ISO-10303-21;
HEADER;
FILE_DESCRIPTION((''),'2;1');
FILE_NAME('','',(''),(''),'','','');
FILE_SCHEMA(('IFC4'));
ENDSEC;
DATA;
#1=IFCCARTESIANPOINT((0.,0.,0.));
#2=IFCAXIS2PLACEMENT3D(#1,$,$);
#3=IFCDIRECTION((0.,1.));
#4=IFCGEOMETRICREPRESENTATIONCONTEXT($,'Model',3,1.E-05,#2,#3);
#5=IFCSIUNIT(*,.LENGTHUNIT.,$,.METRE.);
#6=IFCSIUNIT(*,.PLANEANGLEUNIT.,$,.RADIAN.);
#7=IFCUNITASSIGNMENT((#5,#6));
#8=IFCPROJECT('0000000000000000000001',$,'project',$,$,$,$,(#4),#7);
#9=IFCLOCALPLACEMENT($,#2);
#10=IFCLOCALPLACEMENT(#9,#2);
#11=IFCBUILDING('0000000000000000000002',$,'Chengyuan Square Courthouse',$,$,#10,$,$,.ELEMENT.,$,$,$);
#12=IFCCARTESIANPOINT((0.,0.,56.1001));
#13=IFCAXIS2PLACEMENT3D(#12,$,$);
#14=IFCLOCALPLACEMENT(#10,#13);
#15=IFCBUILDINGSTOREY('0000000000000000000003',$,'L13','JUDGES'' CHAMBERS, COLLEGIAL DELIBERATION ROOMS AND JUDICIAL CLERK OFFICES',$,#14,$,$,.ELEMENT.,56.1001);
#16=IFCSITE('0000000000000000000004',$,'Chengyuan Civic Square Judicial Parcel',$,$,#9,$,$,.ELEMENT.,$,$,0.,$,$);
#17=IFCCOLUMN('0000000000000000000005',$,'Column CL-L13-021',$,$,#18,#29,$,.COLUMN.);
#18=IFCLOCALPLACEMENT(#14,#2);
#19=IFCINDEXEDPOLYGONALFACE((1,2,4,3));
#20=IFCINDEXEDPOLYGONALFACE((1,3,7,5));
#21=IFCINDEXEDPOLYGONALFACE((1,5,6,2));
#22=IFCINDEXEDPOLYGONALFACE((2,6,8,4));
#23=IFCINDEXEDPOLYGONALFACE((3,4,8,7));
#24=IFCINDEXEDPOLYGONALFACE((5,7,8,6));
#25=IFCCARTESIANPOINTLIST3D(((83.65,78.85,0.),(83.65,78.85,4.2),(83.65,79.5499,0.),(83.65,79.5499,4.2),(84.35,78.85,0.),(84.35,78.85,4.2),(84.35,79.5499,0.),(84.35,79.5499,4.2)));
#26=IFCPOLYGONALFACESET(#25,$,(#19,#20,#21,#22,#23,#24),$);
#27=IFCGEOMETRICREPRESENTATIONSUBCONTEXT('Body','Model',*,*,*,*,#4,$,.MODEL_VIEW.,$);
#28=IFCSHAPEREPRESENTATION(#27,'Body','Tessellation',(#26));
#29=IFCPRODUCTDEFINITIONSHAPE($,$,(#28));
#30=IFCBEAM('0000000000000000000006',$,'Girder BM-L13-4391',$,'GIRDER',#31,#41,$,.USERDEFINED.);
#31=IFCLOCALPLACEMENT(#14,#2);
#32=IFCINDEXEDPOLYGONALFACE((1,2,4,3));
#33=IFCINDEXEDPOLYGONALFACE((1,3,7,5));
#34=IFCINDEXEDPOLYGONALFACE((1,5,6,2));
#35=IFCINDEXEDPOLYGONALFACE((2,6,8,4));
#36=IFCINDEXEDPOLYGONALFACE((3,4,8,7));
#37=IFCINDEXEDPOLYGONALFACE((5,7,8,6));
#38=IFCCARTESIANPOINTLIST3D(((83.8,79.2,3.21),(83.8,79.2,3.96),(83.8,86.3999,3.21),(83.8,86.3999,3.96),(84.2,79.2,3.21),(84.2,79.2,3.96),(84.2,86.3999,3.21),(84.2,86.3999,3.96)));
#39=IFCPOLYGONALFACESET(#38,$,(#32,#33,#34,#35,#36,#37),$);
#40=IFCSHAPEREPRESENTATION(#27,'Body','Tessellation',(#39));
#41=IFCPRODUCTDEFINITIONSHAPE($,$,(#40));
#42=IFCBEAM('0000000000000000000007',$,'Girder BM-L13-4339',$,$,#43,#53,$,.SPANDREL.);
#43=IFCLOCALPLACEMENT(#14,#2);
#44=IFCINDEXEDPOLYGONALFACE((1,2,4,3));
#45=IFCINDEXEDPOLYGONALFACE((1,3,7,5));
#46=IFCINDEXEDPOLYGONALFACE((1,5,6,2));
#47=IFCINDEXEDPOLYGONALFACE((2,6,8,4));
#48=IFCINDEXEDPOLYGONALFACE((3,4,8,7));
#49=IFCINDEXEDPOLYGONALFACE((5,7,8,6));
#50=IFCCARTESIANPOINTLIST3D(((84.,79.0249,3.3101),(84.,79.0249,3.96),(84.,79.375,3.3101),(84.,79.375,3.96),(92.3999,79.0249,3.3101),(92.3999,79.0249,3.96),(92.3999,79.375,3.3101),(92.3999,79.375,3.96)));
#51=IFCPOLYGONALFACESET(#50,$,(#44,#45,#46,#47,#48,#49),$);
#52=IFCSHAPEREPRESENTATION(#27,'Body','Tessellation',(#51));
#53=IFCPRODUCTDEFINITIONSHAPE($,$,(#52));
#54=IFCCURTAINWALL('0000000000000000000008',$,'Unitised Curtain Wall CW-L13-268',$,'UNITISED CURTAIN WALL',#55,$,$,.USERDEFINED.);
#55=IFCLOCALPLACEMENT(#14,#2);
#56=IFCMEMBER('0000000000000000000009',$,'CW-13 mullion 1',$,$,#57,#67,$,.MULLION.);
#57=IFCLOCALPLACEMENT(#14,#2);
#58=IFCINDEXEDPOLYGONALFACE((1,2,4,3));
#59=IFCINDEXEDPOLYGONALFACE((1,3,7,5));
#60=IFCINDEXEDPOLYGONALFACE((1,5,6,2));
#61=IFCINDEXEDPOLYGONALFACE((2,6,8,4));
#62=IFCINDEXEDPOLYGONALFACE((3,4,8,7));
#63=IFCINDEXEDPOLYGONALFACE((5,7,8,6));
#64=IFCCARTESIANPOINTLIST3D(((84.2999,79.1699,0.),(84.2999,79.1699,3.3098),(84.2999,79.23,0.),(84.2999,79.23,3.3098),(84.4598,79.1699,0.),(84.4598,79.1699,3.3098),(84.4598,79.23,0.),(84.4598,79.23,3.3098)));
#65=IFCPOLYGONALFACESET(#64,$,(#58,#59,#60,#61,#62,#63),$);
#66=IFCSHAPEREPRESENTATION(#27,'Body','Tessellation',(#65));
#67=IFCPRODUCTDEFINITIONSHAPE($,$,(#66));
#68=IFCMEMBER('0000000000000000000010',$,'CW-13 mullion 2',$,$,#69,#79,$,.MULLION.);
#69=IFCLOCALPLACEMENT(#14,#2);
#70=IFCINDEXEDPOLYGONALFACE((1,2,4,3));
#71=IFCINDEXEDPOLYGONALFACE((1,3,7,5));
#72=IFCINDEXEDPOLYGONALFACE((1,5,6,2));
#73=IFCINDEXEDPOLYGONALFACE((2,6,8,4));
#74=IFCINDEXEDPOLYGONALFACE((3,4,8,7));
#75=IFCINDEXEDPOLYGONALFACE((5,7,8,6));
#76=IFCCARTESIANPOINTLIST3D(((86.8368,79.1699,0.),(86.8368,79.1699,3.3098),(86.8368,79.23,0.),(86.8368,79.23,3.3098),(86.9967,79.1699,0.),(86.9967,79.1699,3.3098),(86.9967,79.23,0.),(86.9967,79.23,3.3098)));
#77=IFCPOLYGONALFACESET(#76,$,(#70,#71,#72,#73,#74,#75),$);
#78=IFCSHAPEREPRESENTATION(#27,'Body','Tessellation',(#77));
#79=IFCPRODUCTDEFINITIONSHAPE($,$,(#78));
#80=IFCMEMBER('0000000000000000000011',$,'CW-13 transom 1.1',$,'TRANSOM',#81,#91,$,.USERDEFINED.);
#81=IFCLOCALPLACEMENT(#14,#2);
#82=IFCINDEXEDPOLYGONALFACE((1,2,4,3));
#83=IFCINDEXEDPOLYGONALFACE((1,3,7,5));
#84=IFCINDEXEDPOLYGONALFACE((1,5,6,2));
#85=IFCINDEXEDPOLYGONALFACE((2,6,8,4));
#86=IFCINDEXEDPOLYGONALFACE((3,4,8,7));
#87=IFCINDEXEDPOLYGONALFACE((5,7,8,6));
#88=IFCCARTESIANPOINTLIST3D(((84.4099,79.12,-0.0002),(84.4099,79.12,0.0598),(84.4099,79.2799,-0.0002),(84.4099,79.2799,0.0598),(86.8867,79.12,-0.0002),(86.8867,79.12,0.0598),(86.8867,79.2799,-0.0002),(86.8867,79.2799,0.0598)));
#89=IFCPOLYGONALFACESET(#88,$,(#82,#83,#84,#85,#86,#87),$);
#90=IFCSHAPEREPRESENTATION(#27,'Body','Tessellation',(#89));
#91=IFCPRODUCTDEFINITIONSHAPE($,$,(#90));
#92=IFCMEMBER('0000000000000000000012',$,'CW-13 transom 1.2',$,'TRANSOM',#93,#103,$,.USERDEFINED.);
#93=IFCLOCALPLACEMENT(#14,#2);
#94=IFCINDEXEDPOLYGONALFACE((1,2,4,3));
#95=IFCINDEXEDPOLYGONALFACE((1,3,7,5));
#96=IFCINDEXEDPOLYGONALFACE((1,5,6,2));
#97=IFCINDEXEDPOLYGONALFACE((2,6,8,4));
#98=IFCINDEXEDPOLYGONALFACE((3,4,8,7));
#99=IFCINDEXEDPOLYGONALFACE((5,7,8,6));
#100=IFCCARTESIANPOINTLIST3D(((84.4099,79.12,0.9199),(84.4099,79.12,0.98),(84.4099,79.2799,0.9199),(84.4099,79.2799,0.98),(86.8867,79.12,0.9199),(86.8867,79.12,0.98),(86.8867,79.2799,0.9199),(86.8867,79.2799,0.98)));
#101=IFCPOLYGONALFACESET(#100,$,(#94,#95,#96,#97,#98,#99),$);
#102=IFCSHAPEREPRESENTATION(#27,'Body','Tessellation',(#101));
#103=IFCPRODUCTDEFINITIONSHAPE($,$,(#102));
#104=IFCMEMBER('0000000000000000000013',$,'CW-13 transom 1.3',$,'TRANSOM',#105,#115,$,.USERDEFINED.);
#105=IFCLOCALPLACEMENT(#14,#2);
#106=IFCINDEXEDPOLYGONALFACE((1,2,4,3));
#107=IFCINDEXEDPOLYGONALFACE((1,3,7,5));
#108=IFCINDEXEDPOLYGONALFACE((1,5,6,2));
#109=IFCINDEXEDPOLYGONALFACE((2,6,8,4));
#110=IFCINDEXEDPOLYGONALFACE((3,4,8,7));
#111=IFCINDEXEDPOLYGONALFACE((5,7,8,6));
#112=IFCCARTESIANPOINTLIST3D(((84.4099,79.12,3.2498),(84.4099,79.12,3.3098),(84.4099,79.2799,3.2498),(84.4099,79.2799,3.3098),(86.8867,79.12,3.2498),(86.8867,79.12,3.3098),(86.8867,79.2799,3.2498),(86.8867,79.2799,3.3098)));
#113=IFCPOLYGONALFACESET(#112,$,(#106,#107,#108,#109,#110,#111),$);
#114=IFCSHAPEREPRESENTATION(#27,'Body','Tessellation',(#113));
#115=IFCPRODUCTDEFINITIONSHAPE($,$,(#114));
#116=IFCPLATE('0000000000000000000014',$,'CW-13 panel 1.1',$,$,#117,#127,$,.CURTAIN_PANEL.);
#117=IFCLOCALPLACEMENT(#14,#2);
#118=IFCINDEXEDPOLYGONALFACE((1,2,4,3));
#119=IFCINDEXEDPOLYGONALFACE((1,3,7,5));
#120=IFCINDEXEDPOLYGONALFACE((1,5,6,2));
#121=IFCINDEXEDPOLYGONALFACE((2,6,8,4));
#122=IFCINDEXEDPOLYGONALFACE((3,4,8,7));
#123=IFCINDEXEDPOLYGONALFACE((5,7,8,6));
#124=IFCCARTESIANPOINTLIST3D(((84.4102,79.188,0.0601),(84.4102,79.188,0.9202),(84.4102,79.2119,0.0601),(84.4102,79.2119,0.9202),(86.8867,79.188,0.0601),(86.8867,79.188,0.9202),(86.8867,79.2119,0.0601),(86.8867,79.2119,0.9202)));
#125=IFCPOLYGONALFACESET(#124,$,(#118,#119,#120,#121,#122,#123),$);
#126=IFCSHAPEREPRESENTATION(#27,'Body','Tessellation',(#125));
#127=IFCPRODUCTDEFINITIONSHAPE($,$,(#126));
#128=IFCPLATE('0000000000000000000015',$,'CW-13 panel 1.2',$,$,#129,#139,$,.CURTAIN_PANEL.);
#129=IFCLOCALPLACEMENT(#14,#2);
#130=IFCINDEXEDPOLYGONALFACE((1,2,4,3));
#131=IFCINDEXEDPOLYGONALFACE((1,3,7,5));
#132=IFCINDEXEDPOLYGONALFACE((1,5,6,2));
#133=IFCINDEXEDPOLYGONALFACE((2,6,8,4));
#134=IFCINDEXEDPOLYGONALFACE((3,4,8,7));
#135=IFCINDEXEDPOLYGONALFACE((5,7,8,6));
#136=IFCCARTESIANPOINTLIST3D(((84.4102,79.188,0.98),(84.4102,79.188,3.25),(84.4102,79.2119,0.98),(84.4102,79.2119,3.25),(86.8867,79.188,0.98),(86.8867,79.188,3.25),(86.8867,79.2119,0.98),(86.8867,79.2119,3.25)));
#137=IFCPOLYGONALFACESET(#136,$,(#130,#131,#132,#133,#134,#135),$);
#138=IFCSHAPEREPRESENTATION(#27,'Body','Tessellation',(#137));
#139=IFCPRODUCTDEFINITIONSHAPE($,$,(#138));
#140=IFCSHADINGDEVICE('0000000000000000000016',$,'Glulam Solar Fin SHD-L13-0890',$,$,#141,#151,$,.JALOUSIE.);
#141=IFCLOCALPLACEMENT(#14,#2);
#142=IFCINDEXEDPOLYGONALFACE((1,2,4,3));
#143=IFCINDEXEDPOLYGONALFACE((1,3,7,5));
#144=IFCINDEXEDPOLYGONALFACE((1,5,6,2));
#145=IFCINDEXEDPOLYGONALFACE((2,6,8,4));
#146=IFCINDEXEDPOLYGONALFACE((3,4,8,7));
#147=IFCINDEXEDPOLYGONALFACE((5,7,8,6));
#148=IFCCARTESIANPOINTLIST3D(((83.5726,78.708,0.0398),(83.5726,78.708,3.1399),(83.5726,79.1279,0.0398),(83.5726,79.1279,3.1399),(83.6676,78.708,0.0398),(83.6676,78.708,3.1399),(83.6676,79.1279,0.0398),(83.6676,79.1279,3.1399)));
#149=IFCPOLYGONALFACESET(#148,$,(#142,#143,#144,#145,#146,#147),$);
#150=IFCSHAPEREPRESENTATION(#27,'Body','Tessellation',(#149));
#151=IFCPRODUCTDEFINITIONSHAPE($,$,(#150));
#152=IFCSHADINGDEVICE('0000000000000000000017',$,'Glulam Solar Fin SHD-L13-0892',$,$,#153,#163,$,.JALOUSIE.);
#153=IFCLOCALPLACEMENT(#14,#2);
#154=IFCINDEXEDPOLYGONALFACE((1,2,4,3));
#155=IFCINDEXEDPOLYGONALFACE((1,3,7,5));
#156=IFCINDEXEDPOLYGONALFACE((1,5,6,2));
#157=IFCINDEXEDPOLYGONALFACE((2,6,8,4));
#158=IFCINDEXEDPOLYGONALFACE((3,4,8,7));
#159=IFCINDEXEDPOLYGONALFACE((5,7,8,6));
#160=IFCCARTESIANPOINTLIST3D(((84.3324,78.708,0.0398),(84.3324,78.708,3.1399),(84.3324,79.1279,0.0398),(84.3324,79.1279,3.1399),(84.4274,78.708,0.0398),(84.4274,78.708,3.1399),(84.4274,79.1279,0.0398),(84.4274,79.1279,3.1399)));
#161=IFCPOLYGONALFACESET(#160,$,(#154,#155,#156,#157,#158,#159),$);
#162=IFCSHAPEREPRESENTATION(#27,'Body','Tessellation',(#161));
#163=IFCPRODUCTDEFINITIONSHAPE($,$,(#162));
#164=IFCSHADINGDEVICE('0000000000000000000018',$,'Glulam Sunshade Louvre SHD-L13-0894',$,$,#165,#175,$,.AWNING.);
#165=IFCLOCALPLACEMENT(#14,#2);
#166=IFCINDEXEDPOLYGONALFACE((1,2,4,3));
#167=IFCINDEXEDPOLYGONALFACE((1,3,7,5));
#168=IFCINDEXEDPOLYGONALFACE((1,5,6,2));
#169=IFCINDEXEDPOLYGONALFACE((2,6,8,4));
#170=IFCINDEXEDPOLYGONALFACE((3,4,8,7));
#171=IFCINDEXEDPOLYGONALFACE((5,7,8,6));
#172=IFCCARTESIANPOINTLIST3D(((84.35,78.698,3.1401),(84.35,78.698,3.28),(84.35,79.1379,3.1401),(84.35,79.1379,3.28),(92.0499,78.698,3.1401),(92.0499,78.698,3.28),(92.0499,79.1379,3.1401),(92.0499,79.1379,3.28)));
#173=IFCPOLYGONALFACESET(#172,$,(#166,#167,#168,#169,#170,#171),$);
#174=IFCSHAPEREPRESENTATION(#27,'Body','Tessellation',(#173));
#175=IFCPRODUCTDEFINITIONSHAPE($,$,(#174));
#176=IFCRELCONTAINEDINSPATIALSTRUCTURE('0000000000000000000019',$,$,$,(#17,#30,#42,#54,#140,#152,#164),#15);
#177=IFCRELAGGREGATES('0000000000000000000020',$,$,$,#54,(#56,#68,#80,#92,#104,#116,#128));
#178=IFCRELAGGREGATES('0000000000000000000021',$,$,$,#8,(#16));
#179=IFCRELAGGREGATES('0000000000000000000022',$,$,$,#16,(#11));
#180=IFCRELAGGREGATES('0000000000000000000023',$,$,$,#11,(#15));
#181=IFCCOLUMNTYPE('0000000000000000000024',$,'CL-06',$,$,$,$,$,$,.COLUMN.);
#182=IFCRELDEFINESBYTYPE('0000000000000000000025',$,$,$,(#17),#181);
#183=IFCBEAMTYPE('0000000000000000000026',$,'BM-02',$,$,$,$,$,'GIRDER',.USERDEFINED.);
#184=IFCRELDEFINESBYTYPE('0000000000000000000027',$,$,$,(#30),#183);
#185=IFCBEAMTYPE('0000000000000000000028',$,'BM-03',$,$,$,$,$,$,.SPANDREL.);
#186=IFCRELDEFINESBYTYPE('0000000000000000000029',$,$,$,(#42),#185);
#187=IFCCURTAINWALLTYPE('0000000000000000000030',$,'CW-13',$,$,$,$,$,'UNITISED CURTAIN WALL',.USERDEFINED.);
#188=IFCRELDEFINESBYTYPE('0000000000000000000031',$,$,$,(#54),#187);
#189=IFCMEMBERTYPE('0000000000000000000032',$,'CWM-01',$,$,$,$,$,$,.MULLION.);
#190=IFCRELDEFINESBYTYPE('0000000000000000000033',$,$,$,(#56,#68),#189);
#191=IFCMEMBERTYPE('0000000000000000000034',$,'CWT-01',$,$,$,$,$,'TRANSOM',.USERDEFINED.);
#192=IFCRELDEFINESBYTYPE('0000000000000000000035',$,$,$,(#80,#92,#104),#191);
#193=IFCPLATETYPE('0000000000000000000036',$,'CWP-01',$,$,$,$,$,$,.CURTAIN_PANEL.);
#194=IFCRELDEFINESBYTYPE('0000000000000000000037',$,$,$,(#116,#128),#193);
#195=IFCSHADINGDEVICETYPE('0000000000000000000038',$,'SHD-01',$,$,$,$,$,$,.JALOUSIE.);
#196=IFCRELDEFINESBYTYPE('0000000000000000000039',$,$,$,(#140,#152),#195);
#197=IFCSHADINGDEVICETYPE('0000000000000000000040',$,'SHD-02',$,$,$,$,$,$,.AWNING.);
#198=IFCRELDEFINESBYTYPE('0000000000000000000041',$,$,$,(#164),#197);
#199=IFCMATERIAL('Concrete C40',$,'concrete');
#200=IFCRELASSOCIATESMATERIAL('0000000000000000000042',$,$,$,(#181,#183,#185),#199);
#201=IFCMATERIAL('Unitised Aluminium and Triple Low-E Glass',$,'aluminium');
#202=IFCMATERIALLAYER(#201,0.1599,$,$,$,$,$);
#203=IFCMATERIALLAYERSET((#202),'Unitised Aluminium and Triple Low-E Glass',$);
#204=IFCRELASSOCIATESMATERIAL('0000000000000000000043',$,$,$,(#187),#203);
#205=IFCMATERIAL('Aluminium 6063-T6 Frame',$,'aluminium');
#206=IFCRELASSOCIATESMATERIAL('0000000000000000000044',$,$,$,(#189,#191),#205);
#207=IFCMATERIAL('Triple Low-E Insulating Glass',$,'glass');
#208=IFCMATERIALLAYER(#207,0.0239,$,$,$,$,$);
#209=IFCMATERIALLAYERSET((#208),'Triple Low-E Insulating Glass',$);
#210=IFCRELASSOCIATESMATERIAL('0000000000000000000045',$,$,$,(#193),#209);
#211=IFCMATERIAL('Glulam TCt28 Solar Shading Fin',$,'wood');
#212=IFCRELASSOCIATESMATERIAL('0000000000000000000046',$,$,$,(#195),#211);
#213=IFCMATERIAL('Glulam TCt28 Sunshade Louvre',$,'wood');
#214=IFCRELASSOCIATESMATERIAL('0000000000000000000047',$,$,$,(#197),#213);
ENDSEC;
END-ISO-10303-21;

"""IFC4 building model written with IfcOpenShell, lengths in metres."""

from ifc_helpers import new_model, si_unit, direction, frame, origin, origin_2d, place, context, subcontext, project, spatial, rectangle, extrude, material, layer, layer_set, material_profile, profile_set, type_object, element, aggregate, save


model = new_model("IFC4")

# Units and contexts
model_context = context("Model", 3, precision=1e-05, world=origin(), true_north=direction((0.0, 1.0)))
body_context = subcontext(model_context, "Body", "Model", "MODEL_VIEW")
ifc_project = project(units=[si_unit("LENGTHUNIT", "METRE"), si_unit("PLANEANGLEUNIT", "RADIAN")], contexts=[model_context])

# Site, building, storey
site_placement = place(None, origin())
site = spatial("IfcSite", under=ifc_project, at=site_placement, Name="Chengyuan Civic Square Judicial Parcel", CompositionType="ELEMENT", RefElevation=0.0)
building_placement = place(site_placement, origin())
building = spatial("IfcBuilding", under=site, at=building_placement, Name="Chengyuan Square Courthouse", CompositionType="ELEMENT")
storey_placement = place(building_placement, frame((0.0, 0.0, 56.1001)))
storey = spatial("IfcBuildingStorey", under=building, at=storey_placement, Name="L13", Description="JUDGES' CHAMBERS, COLLEGIAL DELIBERATION ROOMS AND JUDICIAL CLERK OFFICES", CompositionType="ELEMENT", Elevation=56.1001)

# Column
ifc_material_1 = material(Name="Concrete C40", Category="concrete")
ifc_material_profile_1 = material_profile(ifc_material_1, rectangle(XDim=0.7, YDim=0.7, at=origin_2d()), Name="RC-COL-700x700")
ifc_profile_set_1 = profile_set([ifc_material_profile_1], Name="Concrete C40")
column_type = type_object("IfcColumnType", Name="CL-06", PredefinedType="COLUMN", material=ifc_profile_set_1)
column_placement = place(storey_placement, frame((84.0, 79.2, 0.0), z_axis=(0.0, 0.0, 1.0), x_axis=(1.0, 0.0, 0.0)))
element("IfcColumn", 1, at=column_placement, inside=storey, type_object=column_type, Name="Column CL-L13-021", PredefinedType="COLUMN", context=body_context, shape_type="SweptSolid", body=[
    extrude(rectangle(XDim=0.7, YDim=0.7, at=origin_2d()), origin(), (0.0, 0.0, 1.0), 4.2),
])

# Beams
ifc_material_profile_2 = material_profile(ifc_material_1, rectangle(XDim=0.3999, YDim=0.75, at=origin_2d()), Name="RC-BM-400x750")
ifc_profile_set_2 = profile_set([ifc_material_profile_2], Name="Concrete C40")
beam_type_1 = type_object("IfcBeamType", Name="BM-02", ElementType="GIRDER", PredefinedType="USERDEFINED", material=ifc_profile_set_2)
beam_1_placement = place(storey_placement, frame((84.0, 79.2, 3.585), z_axis=(0.0, 1.0, 0.0), x_axis=(-1.0, 0.0, 0.0)))
element("IfcBeam", 2, at=beam_1_placement, inside=storey, type_object=beam_type_1, Name="Girder BM-L13-4391", ObjectType="GIRDER", PredefinedType="USERDEFINED", context=body_context, shape_type="SweptSolid", body=[
    extrude(rectangle(XDim=0.3999, YDim=0.75, at=origin_2d()), origin(), (0.0, 0.0, 1.0), 7.2),
])
ifc_material_profile_3 = material_profile(ifc_material_1, rectangle(XDim=0.3501, YDim=0.6499, at=origin_2d()), Name="RC-BM-350x650")
ifc_profile_set_3 = profile_set([ifc_material_profile_3], Name="Concrete C40")
beam_type_2 = type_object("IfcBeamType", Name="BM-03", PredefinedType="SPANDREL", material=ifc_profile_set_3)
beam_2_placement = place(storey_placement, frame((84.0, 79.2, 3.635), z_axis=(1.0, 0.0, 0.0), x_axis=(0.0, 1.0, 0.0)))
element("IfcBeam", 3, at=beam_2_placement, inside=storey, type_object=beam_type_2, Name="Girder BM-L13-4339", PredefinedType="SPANDREL", context=body_context, shape_type="SweptSolid", body=[
    extrude(rectangle(XDim=0.3501, YDim=0.6499, at=origin_2d()), origin(), (0.0, 0.0, 1.0), 8.3999),
])

# Curtain wall, members, plates
ifc_material_2 = material(Name="Unitised Aluminium and Triple Low-E Glass", Category="aluminium")
ifc_layer_1 = layer(ifc_material_2, 0.1599)
ifc_layer_set_1 = layer_set([ifc_layer_1], Name="Unitised Aluminium and Triple Low-E Glass")
curtain_wall_type = type_object("IfcCurtainWallType", Name="CW-13", ElementType="UNITISED CURTAIN WALL", PredefinedType="USERDEFINED", material=ifc_layer_set_1)
curtain_wall_placement = place(storey_placement, origin())
curtain_wall = element("IfcCurtainWall", 4, at=curtain_wall_placement, inside=storey, type_object=curtain_wall_type, Name="Unitised Curtain Wall CW-L13-268", ObjectType="UNITISED CURTAIN WALL", PredefinedType="USERDEFINED")
ifc_material_3 = material(Name="Aluminium 6063-T6 Frame", Category="aluminium")
ifc_material_profile_4 = material_profile(ifc_material_3, rectangle(XDim=0.0601, YDim=0.1599, at=origin_2d()), Name="CW-MUL-60x160")
ifc_profile_set_4 = profile_set([ifc_material_profile_4], Name="Aluminium 6063-T6 Frame")
member_type_1 = type_object("IfcMemberType", Name="CWM-01", PredefinedType="MULLION", material=ifc_profile_set_4)
member_1_placement = place(storey_placement, frame((84.3799, 79.2, 0.0), z_axis=(0.0, 0.0, 1.0), x_axis=(0.0, 1.0, 0.0)))
member_1 = element("IfcMember", 5, at=member_1_placement, type_object=member_type_1, Name="CW-13 mullion 1", PredefinedType="MULLION", context=body_context, shape_type="SweptSolid", body=[
    extrude(rectangle(XDim=0.0601, YDim=0.1599, at=origin_2d()), origin(), (0.0, 0.0, 1.0), 3.3098),
])
member_2_placement = place(storey_placement, frame((86.9167, 79.2, 0.0), z_axis=(0.0, 0.0, 1.0), x_axis=(0.0, 1.0, 0.0)))
member_2 = element("IfcMember", 6, at=member_2_placement, type_object=member_type_1, Name="CW-13 mullion 2", PredefinedType="MULLION", context=body_context, shape_type="SweptSolid", body=[
    extrude(rectangle(XDim=0.0601, YDim=0.1599, at=origin_2d()), origin(), (0.0, 0.0, 1.0), 3.3098),
])
ifc_material_profile_5 = material_profile(ifc_material_3, rectangle(XDim=0.1599, YDim=0.0601, at=origin_2d()), Name="CW-TRN-60x120")
ifc_profile_set_5 = profile_set([ifc_material_profile_5], Name="Aluminium 6063-T6 Frame")
member_type_2 = type_object("IfcMemberType", Name="CWT-01", ElementType="TRANSOM", PredefinedType="USERDEFINED", material=ifc_profile_set_5)
member_3_placement = place(storey_placement, frame((84.4099, 79.2, 0.0298), z_axis=(1.0, 0.0, 0.0), x_axis=(0.0, 1.0, 0.0)))
member_3 = element("IfcMember", 7, at=member_3_placement, type_object=member_type_2, Name="CW-13 transom 1.1", ObjectType="TRANSOM", PredefinedType="USERDEFINED", context=body_context, shape_type="SweptSolid", body=[
    extrude(rectangle(XDim=0.1599, YDim=0.0601, at=origin_2d()), origin(), (0.0, 0.0, 1.0), 2.4768),
])
member_4_placement = place(storey_placement, frame((84.4099, 79.2, 0.95), z_axis=(1.0, 0.0, 0.0), x_axis=(0.0, 1.0, 0.0)))
member_4 = element("IfcMember", 8, at=member_4_placement, type_object=member_type_2, Name="CW-13 transom 1.2", ObjectType="TRANSOM", PredefinedType="USERDEFINED", context=body_context, shape_type="SweptSolid", body=[
    extrude(rectangle(XDim=0.1599, YDim=0.0601, at=origin_2d()), origin(), (0.0, 0.0, 1.0), 2.4768),
])
member_5_placement = place(storey_placement, frame((84.4099, 79.2, 3.2798), z_axis=(1.0, 0.0, 0.0), x_axis=(0.0, 1.0, 0.0)))
member_5 = element("IfcMember", 9, at=member_5_placement, type_object=member_type_2, Name="CW-13 transom 1.3", ObjectType="TRANSOM", PredefinedType="USERDEFINED", context=body_context, shape_type="SweptSolid", body=[
    extrude(rectangle(XDim=0.1599, YDim=0.0601, at=origin_2d()), origin(), (0.0, 0.0, 1.0), 2.4768),
])
ifc_material_4 = material(Name="Triple Low-E Insulating Glass", Category="glass")
ifc_layer_2 = layer(ifc_material_4, 0.0239)
ifc_layer_set_2 = layer_set([ifc_layer_2], Name="Triple Low-E Insulating Glass")
plate_type = type_object("IfcPlateType", Name="CWP-01", PredefinedType="CURTAIN_PANEL", material=ifc_layer_set_2)
plate_1_placement = place(storey_placement, frame((85.6484, 79.2, 0.0601), z_axis=(0.0, 0.0, 1.0), x_axis=(1.0, 0.0, 0.0)))
plate_1 = element("IfcPlate", 10, at=plate_1_placement, type_object=plate_type, Name="CW-13 panel 1.1", PredefinedType="CURTAIN_PANEL", context=body_context, shape_type="SweptSolid", body=[
    extrude(rectangle(XDim=2.4766, YDim=0.0239, at=origin_2d()), origin(), (0.0, 0.0, 1.0), 0.8601),
])
plate_2_placement = place(storey_placement, frame((85.6484, 79.2, 0.98), z_axis=(0.0, 0.0, 1.0), x_axis=(1.0, 0.0, 0.0)))
plate_2 = element("IfcPlate", 11, at=plate_2_placement, type_object=plate_type, Name="CW-13 panel 1.2", PredefinedType="CURTAIN_PANEL", context=body_context, shape_type="SweptSolid", body=[
    extrude(rectangle(XDim=2.4766, YDim=0.0239, at=origin_2d()), origin(), (0.0, 0.0, 1.0), 2.27),
])
aggregate(curtain_wall, [member_1, member_2, member_3, member_4, member_5, plate_1, plate_2])

# Shading devices
ifc_material_5 = material(Name="Glulam TCt28 Solar Shading Fin", Category="wood")
shading_device_type_1 = type_object("IfcShadingDeviceType", Name="SHD-01", PredefinedType="JALOUSIE", material=ifc_material_5)
for number, where, z_axis, x_axis, name in (
    (12, (83.6201, 78.918, 0.0398), (0.0, 0.0, 1.0), (0.0, 1.0, 0.0), "Glulam Solar Fin SHD-L13-0890"),
    (13, (84.3799, 78.918, 0.0398), (0.0, 0.0, 1.0), (0.0, 1.0, 0.0), "Glulam Solar Fin SHD-L13-0892"),
):
    element("IfcShadingDevice", number, at=place(storey_placement, frame(where, z_axis=z_axis, x_axis=x_axis)), inside=storey, type_object=shading_device_type_1, Name=name, PredefinedType="JALOUSIE", context=body_context, shape_type="SweptSolid", body=[
        extrude(rectangle(XDim=0.4199, YDim=0.095, at=origin_2d()), origin(), (0.0, 0.0, 1.0), 3.1001),
    ])
ifc_material_6 = material(Name="Glulam TCt28 Sunshade Louvre", Category="wood")
shading_device_type_2 = type_object("IfcShadingDeviceType", Name="SHD-02", PredefinedType="AWNING", material=ifc_material_6)
shading_device_placement = place(storey_placement, frame((88.2, 78.918, 3.1401), z_axis=(0.0, 0.0, 1.0), x_axis=(1.0, 0.0, 0.0)))
element("IfcShadingDevice", 14, at=shading_device_placement, inside=storey, type_object=shading_device_type_2, Name="Glulam Sunshade Louvre SHD-L13-0894", PredefinedType="AWNING", context=body_context, shape_type="SweptSolid", body=[
    extrude(rectangle(XDim=7.7, YDim=0.4399, at=origin_2d()), origin(), (0.0, 0.0, 1.0), 0.1399),
])

save(model, "model.ifc")
